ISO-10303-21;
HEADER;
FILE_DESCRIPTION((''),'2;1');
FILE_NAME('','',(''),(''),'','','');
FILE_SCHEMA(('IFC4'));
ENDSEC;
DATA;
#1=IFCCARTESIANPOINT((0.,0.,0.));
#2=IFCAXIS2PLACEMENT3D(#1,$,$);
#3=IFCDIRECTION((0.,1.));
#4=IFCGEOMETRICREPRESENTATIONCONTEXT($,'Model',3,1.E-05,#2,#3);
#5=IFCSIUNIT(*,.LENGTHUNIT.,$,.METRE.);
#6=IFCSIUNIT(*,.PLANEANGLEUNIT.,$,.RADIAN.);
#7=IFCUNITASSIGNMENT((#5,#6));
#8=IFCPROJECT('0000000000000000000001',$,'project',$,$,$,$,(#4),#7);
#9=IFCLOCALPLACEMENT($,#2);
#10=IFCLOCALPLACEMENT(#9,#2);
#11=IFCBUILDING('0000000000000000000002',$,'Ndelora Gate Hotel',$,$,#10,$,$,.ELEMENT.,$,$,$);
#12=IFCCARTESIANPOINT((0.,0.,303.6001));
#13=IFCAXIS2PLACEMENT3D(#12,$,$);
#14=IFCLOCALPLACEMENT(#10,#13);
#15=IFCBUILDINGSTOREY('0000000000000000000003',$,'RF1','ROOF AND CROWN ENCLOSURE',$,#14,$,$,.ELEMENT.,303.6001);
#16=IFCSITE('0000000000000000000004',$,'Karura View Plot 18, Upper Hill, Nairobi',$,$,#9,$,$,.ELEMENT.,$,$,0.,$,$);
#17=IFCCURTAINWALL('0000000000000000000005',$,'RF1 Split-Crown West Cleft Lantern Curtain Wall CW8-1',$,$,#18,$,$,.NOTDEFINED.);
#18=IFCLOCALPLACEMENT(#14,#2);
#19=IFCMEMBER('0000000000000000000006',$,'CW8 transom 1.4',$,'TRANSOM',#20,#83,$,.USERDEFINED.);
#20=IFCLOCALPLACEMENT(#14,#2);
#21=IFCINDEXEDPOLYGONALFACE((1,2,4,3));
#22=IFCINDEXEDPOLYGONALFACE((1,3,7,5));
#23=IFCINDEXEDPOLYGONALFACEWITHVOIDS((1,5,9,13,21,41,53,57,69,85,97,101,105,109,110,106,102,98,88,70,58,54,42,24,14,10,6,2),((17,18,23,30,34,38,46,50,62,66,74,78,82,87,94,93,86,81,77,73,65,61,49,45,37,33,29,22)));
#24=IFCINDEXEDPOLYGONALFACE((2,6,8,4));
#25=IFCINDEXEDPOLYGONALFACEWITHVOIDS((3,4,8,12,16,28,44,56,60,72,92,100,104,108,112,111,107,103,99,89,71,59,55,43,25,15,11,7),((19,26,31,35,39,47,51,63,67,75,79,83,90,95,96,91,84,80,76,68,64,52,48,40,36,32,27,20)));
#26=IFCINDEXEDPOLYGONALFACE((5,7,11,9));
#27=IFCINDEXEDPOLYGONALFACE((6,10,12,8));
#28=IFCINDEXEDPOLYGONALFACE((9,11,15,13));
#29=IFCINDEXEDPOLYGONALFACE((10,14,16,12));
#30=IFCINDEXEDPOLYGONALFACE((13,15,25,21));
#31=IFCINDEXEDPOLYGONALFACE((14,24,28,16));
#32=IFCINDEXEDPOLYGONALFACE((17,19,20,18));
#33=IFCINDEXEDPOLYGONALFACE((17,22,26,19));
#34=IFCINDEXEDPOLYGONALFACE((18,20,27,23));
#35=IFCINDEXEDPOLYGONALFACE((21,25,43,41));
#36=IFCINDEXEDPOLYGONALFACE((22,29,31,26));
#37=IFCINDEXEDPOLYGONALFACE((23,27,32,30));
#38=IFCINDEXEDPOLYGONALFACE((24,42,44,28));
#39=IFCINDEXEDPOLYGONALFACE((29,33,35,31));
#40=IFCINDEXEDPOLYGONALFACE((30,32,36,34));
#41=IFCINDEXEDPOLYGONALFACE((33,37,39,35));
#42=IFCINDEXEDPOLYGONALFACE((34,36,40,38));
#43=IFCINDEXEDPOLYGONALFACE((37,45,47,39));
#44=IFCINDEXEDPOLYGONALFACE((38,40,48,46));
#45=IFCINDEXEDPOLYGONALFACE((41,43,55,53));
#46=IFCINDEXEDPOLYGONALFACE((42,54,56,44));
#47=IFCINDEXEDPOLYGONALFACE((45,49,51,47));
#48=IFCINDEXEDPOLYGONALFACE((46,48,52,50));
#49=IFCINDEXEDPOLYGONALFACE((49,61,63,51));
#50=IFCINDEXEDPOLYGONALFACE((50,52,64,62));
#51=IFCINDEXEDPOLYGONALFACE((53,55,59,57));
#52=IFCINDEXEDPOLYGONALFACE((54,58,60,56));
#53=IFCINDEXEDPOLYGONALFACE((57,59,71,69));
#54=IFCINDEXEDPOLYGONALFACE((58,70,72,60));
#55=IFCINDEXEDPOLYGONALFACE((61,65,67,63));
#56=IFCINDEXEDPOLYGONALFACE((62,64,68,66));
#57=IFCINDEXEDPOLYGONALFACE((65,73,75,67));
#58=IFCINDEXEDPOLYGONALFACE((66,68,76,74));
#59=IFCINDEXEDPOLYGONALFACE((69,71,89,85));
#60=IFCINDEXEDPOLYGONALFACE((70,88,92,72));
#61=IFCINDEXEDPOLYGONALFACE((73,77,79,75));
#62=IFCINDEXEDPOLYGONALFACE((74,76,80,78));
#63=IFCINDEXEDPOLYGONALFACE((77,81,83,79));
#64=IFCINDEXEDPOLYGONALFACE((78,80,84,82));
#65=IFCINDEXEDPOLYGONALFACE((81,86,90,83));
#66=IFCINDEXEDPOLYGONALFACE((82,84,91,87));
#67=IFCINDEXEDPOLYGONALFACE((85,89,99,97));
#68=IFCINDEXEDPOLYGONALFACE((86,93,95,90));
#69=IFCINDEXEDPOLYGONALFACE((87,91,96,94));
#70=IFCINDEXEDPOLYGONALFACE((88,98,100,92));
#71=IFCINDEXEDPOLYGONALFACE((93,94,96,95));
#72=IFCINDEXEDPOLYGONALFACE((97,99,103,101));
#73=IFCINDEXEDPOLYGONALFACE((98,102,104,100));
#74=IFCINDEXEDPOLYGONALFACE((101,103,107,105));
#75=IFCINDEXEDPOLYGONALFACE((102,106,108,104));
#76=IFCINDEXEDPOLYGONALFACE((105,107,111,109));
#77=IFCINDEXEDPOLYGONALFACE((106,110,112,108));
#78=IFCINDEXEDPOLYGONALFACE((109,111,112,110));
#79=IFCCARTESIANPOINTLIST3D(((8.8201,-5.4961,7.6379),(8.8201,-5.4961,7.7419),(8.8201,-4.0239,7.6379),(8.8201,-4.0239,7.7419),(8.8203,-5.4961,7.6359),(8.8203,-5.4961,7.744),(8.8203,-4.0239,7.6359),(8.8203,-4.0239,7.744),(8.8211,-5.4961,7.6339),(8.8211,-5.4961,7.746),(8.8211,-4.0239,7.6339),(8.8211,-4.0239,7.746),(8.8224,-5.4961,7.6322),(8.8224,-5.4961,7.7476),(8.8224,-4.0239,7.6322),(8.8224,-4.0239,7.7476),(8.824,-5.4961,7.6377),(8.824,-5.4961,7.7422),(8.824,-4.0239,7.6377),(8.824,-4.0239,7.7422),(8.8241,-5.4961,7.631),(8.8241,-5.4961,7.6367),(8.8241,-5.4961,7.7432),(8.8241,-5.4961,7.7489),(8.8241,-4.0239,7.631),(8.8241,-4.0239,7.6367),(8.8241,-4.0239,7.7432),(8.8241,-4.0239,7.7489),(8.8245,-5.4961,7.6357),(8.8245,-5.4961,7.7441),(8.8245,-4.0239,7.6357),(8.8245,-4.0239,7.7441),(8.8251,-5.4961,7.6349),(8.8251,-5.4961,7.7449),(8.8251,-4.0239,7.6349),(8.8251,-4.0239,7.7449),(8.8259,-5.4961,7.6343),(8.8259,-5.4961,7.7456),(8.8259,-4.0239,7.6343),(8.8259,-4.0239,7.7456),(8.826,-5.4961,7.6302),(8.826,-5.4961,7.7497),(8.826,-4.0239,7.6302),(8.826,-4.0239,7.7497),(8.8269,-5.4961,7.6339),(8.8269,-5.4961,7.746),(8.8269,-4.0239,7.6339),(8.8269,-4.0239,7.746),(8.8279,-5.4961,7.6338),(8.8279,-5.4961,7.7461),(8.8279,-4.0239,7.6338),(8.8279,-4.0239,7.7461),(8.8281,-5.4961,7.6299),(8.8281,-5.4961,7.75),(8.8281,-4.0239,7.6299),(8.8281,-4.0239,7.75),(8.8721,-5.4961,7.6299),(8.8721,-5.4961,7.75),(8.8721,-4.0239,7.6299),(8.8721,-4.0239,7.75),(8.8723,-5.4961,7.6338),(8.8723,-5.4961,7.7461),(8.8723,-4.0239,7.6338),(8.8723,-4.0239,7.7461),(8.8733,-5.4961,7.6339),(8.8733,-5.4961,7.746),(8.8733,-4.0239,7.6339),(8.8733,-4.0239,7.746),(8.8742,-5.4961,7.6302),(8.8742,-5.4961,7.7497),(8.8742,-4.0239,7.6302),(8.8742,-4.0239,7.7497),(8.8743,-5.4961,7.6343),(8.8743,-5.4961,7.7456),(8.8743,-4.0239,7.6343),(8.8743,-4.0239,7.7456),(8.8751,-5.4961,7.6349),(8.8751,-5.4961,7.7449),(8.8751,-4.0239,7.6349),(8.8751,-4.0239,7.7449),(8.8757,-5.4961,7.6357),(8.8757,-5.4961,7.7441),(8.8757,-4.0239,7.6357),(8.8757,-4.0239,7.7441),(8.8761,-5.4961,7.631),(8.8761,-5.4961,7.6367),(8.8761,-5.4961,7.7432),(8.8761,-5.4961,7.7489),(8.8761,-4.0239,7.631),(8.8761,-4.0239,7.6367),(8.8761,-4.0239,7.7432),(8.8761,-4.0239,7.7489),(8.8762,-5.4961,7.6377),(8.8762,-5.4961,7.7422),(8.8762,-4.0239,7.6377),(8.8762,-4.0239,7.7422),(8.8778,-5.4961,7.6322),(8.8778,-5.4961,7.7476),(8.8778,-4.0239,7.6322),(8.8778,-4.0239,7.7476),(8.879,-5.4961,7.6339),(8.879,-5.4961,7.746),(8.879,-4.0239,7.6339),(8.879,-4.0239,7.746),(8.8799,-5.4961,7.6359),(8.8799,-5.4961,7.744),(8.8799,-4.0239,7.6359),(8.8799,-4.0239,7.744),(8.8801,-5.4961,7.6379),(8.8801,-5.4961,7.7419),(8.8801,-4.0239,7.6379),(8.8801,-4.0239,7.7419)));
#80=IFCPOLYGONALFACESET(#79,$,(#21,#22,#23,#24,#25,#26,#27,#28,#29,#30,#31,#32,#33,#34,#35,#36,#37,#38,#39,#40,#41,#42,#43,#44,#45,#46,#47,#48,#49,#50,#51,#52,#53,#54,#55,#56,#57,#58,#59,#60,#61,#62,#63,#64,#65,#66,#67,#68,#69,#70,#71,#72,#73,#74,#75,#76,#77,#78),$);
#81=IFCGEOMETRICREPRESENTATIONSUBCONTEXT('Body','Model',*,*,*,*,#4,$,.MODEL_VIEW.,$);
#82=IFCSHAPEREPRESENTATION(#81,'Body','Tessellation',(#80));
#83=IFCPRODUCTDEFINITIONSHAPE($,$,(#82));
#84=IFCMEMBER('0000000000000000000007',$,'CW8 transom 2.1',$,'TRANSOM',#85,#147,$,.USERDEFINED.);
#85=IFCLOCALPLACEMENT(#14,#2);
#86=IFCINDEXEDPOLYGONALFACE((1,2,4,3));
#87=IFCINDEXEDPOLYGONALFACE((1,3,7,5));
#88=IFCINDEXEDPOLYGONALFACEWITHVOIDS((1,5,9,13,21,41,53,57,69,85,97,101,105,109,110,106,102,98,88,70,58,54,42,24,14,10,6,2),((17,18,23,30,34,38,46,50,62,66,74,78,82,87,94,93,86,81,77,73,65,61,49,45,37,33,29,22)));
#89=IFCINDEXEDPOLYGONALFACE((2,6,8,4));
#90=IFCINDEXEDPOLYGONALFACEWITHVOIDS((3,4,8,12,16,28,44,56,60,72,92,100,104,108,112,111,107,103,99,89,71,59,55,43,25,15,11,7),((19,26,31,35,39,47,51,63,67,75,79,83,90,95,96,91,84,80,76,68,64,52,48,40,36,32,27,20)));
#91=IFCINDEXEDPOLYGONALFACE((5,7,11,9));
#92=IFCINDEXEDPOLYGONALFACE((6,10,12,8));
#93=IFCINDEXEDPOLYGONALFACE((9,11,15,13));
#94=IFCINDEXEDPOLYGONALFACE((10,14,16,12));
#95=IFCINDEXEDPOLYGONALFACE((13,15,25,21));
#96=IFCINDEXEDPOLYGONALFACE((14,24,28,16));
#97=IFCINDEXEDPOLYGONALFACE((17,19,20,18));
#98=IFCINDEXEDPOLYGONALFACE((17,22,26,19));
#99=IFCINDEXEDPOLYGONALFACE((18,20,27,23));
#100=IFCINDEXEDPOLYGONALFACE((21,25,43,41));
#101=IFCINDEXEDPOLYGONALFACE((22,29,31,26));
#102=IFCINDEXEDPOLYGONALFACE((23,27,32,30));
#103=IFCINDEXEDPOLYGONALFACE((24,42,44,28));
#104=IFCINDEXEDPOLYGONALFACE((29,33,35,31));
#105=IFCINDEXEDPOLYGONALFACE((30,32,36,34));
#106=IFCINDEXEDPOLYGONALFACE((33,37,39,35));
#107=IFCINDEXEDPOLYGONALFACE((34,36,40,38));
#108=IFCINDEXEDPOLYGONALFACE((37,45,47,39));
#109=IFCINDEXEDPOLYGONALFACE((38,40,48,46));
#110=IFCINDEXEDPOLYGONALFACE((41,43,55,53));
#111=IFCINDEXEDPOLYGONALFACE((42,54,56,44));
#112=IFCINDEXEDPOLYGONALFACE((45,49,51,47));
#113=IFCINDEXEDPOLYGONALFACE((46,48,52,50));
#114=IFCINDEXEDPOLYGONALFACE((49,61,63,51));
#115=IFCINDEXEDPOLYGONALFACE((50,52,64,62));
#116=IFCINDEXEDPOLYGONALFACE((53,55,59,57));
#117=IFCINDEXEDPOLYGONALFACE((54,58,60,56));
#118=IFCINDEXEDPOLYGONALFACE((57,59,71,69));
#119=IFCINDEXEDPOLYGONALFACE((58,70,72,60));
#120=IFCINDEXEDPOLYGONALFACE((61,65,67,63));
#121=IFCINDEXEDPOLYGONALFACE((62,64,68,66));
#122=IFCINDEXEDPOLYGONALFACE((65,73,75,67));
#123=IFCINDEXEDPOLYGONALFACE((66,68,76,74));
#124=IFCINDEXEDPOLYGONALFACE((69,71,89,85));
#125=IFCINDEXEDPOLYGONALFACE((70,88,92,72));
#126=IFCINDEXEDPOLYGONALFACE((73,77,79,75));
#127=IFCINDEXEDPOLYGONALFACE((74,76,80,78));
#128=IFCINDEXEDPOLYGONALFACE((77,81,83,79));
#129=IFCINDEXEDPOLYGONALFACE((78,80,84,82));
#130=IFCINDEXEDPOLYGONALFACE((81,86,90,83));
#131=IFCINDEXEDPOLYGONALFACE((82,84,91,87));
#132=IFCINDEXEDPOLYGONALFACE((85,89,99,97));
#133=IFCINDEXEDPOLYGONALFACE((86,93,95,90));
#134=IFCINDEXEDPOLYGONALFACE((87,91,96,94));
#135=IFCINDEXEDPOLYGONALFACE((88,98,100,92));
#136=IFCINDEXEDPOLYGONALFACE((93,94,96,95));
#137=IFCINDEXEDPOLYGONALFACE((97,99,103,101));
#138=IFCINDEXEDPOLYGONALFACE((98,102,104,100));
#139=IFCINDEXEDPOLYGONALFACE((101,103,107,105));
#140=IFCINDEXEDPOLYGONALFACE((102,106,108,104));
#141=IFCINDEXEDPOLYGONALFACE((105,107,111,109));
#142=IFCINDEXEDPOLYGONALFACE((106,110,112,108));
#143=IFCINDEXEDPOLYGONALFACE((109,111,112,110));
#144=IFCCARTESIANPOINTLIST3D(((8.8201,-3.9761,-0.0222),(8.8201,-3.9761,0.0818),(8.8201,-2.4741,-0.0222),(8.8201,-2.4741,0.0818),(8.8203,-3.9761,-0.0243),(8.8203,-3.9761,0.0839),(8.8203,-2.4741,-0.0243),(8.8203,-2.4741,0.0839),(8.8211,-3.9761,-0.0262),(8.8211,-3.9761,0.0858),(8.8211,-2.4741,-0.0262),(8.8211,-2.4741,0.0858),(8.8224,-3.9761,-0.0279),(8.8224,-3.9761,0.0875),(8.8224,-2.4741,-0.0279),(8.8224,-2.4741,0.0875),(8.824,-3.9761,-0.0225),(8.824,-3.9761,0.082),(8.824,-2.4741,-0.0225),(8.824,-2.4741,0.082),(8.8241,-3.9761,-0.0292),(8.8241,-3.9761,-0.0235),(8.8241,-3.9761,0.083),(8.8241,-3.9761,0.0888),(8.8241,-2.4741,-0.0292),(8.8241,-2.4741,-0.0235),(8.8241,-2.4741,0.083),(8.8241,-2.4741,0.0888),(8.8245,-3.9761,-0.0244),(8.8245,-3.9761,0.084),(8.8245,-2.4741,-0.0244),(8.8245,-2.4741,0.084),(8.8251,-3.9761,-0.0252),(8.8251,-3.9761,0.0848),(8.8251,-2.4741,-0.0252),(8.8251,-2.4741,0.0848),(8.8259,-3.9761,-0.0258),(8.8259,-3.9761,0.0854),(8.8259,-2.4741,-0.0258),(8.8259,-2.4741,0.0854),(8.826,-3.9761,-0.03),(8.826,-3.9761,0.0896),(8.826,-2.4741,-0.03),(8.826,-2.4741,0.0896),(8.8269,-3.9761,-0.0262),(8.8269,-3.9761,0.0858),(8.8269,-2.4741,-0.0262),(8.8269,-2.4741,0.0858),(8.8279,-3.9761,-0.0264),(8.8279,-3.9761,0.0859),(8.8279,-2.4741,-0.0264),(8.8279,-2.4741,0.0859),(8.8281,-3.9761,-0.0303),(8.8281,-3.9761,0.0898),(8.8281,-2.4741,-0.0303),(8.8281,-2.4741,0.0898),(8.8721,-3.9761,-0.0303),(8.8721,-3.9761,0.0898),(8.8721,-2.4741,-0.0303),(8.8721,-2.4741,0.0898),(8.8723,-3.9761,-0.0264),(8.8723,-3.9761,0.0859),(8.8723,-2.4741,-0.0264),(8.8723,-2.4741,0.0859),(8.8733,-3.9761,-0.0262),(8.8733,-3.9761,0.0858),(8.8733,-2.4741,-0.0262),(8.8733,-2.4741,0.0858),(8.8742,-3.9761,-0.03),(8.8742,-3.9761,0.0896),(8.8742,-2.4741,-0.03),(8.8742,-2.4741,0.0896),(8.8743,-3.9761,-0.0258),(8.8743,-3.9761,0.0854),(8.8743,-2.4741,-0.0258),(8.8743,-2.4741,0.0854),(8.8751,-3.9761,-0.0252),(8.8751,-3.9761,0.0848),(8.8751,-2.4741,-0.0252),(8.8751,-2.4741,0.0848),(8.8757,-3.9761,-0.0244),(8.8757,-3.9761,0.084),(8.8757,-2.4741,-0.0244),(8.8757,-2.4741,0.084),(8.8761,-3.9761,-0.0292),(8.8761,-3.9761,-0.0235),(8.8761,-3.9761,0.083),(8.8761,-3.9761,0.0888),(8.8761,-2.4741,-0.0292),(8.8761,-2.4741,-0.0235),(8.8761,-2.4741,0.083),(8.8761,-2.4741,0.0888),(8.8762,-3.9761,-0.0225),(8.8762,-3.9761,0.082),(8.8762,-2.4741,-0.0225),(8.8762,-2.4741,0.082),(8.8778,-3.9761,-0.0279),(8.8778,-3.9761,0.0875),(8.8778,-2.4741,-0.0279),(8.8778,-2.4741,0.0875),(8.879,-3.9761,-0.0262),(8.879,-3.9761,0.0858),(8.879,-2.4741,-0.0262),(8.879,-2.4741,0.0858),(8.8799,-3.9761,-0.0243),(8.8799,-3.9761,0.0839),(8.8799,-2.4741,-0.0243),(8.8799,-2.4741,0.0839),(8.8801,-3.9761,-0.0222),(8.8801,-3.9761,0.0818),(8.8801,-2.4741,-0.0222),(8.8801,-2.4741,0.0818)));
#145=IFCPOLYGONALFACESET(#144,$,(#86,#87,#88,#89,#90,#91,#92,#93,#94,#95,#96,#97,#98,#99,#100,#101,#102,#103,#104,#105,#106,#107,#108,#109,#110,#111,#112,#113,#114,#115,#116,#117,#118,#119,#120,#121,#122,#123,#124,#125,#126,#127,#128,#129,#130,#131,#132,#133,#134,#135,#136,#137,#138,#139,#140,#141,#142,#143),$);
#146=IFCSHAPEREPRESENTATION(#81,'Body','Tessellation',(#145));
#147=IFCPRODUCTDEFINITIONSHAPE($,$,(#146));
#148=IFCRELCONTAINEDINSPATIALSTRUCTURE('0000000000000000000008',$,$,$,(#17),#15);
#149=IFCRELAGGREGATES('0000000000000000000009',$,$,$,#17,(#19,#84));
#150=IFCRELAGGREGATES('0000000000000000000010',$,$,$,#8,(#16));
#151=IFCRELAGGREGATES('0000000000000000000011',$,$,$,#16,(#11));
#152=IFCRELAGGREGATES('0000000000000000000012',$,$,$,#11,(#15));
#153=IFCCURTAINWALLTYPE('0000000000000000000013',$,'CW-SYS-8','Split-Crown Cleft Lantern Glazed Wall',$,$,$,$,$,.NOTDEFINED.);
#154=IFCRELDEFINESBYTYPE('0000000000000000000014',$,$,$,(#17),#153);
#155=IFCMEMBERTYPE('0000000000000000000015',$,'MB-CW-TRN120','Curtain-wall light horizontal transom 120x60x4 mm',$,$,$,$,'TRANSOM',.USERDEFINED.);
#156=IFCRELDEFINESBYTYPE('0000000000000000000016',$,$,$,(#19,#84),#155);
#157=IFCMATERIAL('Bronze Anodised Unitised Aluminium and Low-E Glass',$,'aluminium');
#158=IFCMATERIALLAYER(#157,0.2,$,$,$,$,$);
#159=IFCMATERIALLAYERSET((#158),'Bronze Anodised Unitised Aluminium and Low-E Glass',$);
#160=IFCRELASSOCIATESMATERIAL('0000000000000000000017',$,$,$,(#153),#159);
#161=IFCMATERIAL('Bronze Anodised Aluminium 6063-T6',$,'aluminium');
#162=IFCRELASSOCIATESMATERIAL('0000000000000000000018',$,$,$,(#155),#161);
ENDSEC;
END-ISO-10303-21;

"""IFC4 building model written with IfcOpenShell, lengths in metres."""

from ifc_helpers import new_model, si_unit, direction, frame, origin, origin_2d, place, context, subcontext, project, spatial, hollow_rectangle, extrude, material, layer, layer_set, material_profile, profile_set, type_object, element, aggregate, save


model = new_model("IFC4")

# Units and contexts
model_context = context("Model", 3, precision=1e-05, world=origin(), true_north=direction((0.0, 1.0)))
body_context = subcontext(model_context, "Body", "Model", "MODEL_VIEW")
ifc_project = project(units=[si_unit("LENGTHUNIT", "METRE"), si_unit("PLANEANGLEUNIT", "RADIAN")], contexts=[model_context])

# Site, building, storey
site_placement = place(None, origin())
site = spatial("IfcSite", under=ifc_project, at=site_placement, Name="Karura View Plot 18, Upper Hill, Nairobi", CompositionType="ELEMENT", RefElevation=0.0)
building_placement = place(site_placement, origin())
building = spatial("IfcBuilding", under=site, at=building_placement, Name="Ndelora Gate Hotel", CompositionType="ELEMENT")
storey_placement = place(building_placement, frame((0.0, 0.0, 303.6001)))
storey = spatial("IfcBuildingStorey", under=building, at=storey_placement, Name="RF1", Description="ROOF AND CROWN ENCLOSURE", CompositionType="ELEMENT", Elevation=303.6001)

# Curtain wall
ifc_material_1 = material(Name="Bronze Anodised Unitised Aluminium and Low-E Glass", Category="aluminium")
ifc_layer_1 = layer(ifc_material_1, 0.2)
ifc_layer_set_1 = layer_set([ifc_layer_1], Name="Bronze Anodised Unitised Aluminium and Low-E Glass")
curtain_wall_type = type_object("IfcCurtainWallType", Name="CW-SYS-8", Description="Split-Crown Cleft Lantern Glazed Wall", PredefinedType="NOTDEFINED", material=ifc_layer_set_1)
curtain_wall_1_placement = place(storey_placement, origin())
curtain_wall_1 = element("IfcCurtainWall", 1, at=curtain_wall_1_placement, inside=storey, type_object=curtain_wall_type, Name="RF1 Split-Crown West Cleft Lantern Curtain Wall CW8-1", PredefinedType="NOTDEFINED")
ifc_material_2 = material(Name="Bronze Anodised Aluminium 6063-T6", Category="aluminium")

# Members
ifc_material_profile_1 = material_profile(ifc_material_2, hollow_rectangle(XDim=0.0601, YDim=0.1201, WallThickness=0.0039, InnerFilletRadius=0.0039, OuterFilletRadius=0.0081, at=origin_2d()), Name="ALU 120x60x4")
ifc_profile_set_1 = profile_set([ifc_material_profile_1], Name="Bronze Anodised Aluminium 6063-T6")
member_type_1 = type_object("IfcMemberType", Name="MB-CW-TRN120", Description="Curtain-wall light horizontal transom 120x60x4 mm", ElementType="TRANSOM", PredefinedType="USERDEFINED", material=ifc_profile_set_1)
member_1_placement = place(storey_placement, frame((8.8501, -5.4961, 7.6899), z_axis=(0.0, 1.0, 0.0), x_axis=(-1.0, 0.0, 0.0)))
member_1 = element("IfcMember", 2, at=member_1_placement, type_object=member_type_1, Name="CW8 transom 1.4", ObjectType="TRANSOM", PredefinedType="USERDEFINED", context=body_context, shape_type="SweptSolid", body=[
    extrude(hollow_rectangle(XDim=0.0601, YDim=0.1201, WallThickness=0.0039, InnerFilletRadius=0.0039, OuterFilletRadius=0.0081, at=origin_2d()), origin(), (0.0, 0.0, 1.0), 1.4722),
])
member_2_placement = place(storey_placement, frame((8.8501, -3.9761, 0.0298), z_axis=(0.0, 1.0, 0.0), x_axis=(-1.0, 0.0, 0.0)))
member_2 = element("IfcMember", 3, at=member_2_placement, type_object=member_type_1, Name="CW8 transom 2.1", ObjectType="TRANSOM", PredefinedType="USERDEFINED", context=body_context, shape_type="SweptSolid", body=[
    extrude(hollow_rectangle(XDim=0.0601, YDim=0.1201, WallThickness=0.0039, InnerFilletRadius=0.0039, OuterFilletRadius=0.0081, at=origin_2d()), origin(), (0.0, 0.0, 1.0), 1.502),
])

aggregate(curtain_wall_1, [member_1, member_2])

save(model, "model.ifc")
